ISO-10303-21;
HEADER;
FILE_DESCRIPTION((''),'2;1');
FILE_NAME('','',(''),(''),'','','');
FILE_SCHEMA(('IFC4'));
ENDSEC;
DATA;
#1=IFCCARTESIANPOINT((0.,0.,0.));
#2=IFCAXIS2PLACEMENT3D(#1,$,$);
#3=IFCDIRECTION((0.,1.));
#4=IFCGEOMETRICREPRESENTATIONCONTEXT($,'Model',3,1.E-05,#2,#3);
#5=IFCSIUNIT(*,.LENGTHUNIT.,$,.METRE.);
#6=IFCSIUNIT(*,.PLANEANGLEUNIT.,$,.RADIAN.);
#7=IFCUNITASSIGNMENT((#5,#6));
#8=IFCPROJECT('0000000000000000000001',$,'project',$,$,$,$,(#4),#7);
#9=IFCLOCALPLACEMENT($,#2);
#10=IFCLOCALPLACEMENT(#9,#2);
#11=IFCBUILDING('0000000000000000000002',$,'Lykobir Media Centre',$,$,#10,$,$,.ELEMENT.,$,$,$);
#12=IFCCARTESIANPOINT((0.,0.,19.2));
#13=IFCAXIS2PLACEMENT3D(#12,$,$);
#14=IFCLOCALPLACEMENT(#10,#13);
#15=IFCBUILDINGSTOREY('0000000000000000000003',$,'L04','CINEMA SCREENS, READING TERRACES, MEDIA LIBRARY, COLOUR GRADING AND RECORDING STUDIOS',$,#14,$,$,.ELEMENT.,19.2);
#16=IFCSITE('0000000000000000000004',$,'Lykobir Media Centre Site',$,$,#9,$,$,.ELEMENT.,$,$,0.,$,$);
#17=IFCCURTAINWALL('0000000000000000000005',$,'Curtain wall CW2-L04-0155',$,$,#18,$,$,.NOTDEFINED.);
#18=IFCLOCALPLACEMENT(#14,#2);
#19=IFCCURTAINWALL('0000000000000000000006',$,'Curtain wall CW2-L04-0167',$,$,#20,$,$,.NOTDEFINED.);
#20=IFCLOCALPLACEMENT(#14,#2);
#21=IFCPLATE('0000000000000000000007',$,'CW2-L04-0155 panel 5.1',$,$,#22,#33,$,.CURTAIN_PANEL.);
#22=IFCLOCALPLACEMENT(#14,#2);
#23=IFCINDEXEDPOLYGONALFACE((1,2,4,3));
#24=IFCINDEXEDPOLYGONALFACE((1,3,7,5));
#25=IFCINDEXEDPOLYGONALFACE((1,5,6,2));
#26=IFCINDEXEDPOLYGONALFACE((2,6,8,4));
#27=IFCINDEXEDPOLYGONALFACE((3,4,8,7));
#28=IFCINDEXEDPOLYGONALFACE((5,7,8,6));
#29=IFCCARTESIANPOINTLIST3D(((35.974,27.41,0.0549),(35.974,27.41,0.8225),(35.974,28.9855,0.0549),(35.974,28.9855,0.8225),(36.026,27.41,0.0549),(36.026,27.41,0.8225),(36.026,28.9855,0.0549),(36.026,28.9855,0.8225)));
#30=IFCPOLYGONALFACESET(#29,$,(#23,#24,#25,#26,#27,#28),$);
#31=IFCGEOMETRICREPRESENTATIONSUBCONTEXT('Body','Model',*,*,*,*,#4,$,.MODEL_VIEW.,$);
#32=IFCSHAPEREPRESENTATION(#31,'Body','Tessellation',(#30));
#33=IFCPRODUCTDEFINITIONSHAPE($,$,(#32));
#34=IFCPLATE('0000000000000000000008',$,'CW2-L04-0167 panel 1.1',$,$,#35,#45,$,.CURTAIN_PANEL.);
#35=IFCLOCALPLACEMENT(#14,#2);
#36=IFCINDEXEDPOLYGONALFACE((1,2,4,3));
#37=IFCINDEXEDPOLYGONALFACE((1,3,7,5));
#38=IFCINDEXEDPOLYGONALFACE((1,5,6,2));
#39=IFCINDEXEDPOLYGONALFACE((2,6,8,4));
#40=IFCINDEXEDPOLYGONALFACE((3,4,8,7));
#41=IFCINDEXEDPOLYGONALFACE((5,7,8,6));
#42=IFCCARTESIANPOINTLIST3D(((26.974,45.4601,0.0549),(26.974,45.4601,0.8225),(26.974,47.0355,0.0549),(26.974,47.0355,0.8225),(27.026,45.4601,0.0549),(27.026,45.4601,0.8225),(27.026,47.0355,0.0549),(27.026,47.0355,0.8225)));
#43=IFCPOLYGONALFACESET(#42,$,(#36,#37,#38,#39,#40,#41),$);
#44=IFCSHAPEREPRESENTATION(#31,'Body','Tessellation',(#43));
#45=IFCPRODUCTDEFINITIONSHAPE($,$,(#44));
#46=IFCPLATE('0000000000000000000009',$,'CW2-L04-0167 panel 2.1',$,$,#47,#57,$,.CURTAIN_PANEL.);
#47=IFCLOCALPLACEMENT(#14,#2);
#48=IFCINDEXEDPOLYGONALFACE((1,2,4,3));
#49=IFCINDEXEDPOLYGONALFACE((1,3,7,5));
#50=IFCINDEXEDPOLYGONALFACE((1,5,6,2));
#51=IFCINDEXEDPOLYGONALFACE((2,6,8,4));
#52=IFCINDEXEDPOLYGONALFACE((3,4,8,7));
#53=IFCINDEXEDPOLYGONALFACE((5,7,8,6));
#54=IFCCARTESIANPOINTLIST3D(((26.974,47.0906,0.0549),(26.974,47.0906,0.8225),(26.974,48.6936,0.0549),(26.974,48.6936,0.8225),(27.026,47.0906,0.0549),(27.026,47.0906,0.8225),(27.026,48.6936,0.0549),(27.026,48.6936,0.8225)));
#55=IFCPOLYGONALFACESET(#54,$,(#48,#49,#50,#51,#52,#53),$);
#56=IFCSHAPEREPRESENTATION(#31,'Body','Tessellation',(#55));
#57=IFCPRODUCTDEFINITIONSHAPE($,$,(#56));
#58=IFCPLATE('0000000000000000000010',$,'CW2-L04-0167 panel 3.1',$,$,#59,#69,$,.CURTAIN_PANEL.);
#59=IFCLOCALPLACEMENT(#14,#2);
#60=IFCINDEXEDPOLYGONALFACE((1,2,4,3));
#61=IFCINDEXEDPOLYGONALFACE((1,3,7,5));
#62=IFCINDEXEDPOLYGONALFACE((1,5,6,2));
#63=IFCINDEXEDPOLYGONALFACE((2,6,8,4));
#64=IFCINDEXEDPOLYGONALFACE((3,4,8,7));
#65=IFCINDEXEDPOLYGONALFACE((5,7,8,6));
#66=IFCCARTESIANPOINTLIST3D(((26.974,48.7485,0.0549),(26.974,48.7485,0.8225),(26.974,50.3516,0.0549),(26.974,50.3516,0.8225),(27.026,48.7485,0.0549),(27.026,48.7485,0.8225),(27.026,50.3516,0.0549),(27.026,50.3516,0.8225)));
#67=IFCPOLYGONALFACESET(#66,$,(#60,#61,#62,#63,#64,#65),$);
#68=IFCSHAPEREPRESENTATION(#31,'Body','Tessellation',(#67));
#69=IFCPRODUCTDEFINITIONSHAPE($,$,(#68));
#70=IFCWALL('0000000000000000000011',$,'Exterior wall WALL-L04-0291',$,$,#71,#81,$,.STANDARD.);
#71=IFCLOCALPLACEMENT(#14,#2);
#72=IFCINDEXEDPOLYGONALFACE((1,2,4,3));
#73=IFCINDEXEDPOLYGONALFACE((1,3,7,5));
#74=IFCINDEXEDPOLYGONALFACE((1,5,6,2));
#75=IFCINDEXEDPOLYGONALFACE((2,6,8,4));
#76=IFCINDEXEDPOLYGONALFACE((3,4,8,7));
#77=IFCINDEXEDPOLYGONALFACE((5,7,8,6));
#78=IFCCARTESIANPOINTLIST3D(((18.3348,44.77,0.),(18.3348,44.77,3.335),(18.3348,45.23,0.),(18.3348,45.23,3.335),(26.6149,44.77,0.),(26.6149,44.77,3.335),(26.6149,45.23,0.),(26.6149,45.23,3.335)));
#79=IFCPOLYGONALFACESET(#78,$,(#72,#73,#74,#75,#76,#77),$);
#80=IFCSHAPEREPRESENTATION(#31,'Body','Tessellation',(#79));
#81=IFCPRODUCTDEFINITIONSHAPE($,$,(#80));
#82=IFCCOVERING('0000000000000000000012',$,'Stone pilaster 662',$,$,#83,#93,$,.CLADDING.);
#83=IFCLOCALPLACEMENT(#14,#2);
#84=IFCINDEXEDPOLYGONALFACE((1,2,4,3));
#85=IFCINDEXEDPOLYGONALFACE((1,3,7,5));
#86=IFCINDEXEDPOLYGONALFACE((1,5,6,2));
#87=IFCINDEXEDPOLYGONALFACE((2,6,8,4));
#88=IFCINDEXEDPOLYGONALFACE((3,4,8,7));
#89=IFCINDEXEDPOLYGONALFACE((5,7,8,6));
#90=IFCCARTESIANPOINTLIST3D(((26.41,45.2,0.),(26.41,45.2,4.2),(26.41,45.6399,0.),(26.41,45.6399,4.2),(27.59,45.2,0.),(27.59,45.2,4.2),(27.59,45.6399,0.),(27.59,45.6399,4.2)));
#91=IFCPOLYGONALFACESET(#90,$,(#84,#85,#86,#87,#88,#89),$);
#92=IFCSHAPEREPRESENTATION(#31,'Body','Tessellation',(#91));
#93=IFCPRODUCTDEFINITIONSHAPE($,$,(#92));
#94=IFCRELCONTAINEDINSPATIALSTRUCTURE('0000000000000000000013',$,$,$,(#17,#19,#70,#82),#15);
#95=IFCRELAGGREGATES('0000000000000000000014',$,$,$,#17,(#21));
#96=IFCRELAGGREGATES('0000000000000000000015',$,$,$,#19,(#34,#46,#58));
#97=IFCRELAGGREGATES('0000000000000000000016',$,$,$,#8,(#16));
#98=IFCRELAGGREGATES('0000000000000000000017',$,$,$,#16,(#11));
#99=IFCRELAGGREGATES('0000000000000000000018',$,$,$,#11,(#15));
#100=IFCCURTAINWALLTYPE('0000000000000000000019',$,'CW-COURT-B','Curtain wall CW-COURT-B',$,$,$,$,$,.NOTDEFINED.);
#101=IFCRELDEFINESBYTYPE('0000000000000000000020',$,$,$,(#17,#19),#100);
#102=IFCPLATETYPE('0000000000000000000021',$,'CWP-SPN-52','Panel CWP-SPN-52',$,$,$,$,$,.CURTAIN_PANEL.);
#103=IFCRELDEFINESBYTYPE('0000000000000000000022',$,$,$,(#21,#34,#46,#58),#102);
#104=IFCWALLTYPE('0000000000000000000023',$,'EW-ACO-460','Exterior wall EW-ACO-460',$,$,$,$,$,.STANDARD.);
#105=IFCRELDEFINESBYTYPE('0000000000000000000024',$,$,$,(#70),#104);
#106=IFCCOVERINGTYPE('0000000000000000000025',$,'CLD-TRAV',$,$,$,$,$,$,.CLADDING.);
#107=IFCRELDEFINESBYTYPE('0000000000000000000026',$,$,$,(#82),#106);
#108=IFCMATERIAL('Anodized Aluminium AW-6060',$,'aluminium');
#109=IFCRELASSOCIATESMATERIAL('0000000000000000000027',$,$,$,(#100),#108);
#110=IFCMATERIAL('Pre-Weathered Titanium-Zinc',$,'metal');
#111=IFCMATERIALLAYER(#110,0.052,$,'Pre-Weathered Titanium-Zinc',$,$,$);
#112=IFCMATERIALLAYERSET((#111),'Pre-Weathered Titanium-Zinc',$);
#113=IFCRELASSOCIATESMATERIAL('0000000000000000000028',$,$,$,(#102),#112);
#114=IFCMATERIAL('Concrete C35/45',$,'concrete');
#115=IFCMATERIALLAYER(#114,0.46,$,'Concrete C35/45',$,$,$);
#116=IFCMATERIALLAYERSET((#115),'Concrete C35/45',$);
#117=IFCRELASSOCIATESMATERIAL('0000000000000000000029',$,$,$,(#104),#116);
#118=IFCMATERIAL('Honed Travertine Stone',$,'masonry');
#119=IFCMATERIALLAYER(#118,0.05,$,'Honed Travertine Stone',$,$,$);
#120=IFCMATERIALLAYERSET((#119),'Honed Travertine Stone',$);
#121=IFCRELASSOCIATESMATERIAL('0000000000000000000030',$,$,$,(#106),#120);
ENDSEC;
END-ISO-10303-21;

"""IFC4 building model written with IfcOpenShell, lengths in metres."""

from ifc_helpers import new_model, si_unit, direction, frame, frame_2d, origin, origin_2d, place, context, subcontext, project, spatial, rectangle, extrude, material, layer, layer_set, type_object, element, aggregate, save


model = new_model("IFC4")

# Units and contexts
model_context = context("Model", 3, precision=1e-05, world=origin(), true_north=direction((0.0, 1.0)))
body_context = subcontext(model_context, "Body", "Model", "MODEL_VIEW")
ifc_project = project(units=[si_unit("LENGTHUNIT", "METRE"), si_unit("PLANEANGLEUNIT", "RADIAN")], contexts=[model_context])

# Site, building, storey
site_placement = place(None, origin())
site = spatial("IfcSite", under=ifc_project, at=site_placement, Name="Lykobir Media Centre Site", CompositionType="ELEMENT", RefElevation=0.0)
building_placement = place(site_placement, origin())
building = spatial("IfcBuilding", under=site, at=building_placement, Name="Lykobir Media Centre", CompositionType="ELEMENT")
storey_placement = place(building_placement, frame((0.0, 0.0, 19.2)))
storey = spatial("IfcBuildingStorey", under=building, at=storey_placement, Name="L04", Description="CINEMA SCREENS, READING TERRACES, MEDIA LIBRARY, COLOUR GRADING AND RECORDING STUDIOS", CompositionType="ELEMENT", Elevation=19.2)

# Curtain wall
ifc_material_1 = material(Name="Anodized Aluminium AW-6060", Category="aluminium")
curtain_wall_type = type_object("IfcCurtainWallType", Name="CW-COURT-B", Description="Curtain wall CW-COURT-B", PredefinedType="NOTDEFINED", material=ifc_material_1)
curtain_wall_1_placement = place(storey_placement, origin())
curtain_wall_1 = element("IfcCurtainWall", 1, at=curtain_wall_1_placement, inside=storey, type_object=curtain_wall_type, Name="Curtain wall CW2-L04-0155", PredefinedType="NOTDEFINED")

# Curtain wall
curtain_wall_2_placement = place(storey_placement, origin())
curtain_wall_2 = element("IfcCurtainWall", 2, at=curtain_wall_2_placement, inside=storey, type_object=curtain_wall_type, Name="Curtain wall CW2-L04-0167", PredefinedType="NOTDEFINED")

# Plates
ifc_material_2 = material(Name="Pre-Weathered Titanium-Zinc", Category="metal")
ifc_layer_1 = layer(ifc_material_2, 0.052, Name="Pre-Weathered Titanium-Zinc")
ifc_layer_set_1 = layer_set([ifc_layer_1], Name="Pre-Weathered Titanium-Zinc")
plate_type_1 = type_object("IfcPlateType", Name="CWP-SPN-52", Description="Panel CWP-SPN-52", PredefinedType="CURTAIN_PANEL", material=ifc_layer_set_1)
plate_1_placement = place(storey_placement, frame((36.0, 28.1978, 0.0549), z_axis=(0.0, 0.0, 1.0), x_axis=(0.0, -1.0, 0.0)))
plate_1 = element("IfcPlate", 3, at=plate_1_placement, type_object=plate_type_1, Name="CW2-L04-0155 panel 5.1", PredefinedType="CURTAIN_PANEL", context=body_context, shape_type="SweptSolid", body=[
    extrude(rectangle(XDim=1.5754, YDim=0.052, at=origin_2d()), origin(), (0.0, 0.0, 1.0), 0.7676),
])
aggregate(curtain_wall_1, [plate_1])
plate_2_placement = place(storey_placement, frame((27.0, 46.2478, 0.0549), z_axis=(0.0, 0.0, 1.0), x_axis=(0.0, 1.0, 0.0)))
plate_2 = element("IfcPlate", 4, at=plate_2_placement, type_object=plate_type_1, Name="CW2-L04-0167 panel 1.1", PredefinedType="CURTAIN_PANEL", context=body_context, shape_type="SweptSolid", body=[
    extrude(rectangle(XDim=1.5754, YDim=0.052, at=origin_2d()), origin(), (0.0, 0.0, 1.0), 0.7676),
])
plate_3_placement = place(storey_placement, frame((27.0, 47.8921, 0.0549), z_axis=(0.0, 0.0, 1.0), x_axis=(0.0, 1.0, 0.0)))
plate_3 = element("IfcPlate", 5, at=plate_3_placement, type_object=plate_type_1, Name="CW2-L04-0167 panel 2.1", PredefinedType="CURTAIN_PANEL", context=body_context, shape_type="SweptSolid", body=[
    extrude(rectangle(XDim=1.603, YDim=0.052, at=origin_2d()), origin(), (0.0, 0.0, 1.0), 0.7676),
])
plate_4_placement = place(storey_placement, frame((27.0, 49.55, 0.0549), z_axis=(0.0, 0.0, 1.0), x_axis=(0.0, 1.0, 0.0)))
plate_4 = element("IfcPlate", 6, at=plate_4_placement, type_object=plate_type_1, Name="CW2-L04-0167 panel 3.1", PredefinedType="CURTAIN_PANEL", context=body_context, shape_type="SweptSolid", body=[
    extrude(rectangle(XDim=1.603, YDim=0.052, at=origin_2d()), origin(), (0.0, 0.0, 1.0), 0.7676),
])
aggregate(curtain_wall_2, [plate_2, plate_3, plate_4])

# Wall
ifc_material_3 = material(Name="Concrete C35/45", Category="concrete")
ifc_layer_2 = layer(ifc_material_3, 0.46, Name="Concrete C35/45")
ifc_layer_set_2 = layer_set([ifc_layer_2], Name="Concrete C35/45")
wall_type = type_object("IfcWallType", Name="EW-ACO-460", Description="Exterior wall EW-ACO-460", PredefinedType="STANDARD", material=ifc_layer_set_2)
wall_placement = place(storey_placement, frame((26.615, 45.0, 0.0), z_axis=(0.0, 0.0, 1.0), x_axis=(-1.0, 0.0, 0.0)))
element("IfcWall", 7, at=wall_placement, inside=storey, type_object=wall_type, Name="Exterior wall WALL-L04-0291", PredefinedType="STANDARD", context=body_context, shape_type="SweptSolid", body=[
    extrude(rectangle(XDim=8.28, YDim=0.46, at=frame_2d((4.1401, 0.0))), origin(), (0.0, 0.0, 1.0), 3.335),
])

# Covering
ifc_material_4 = material(Name="Honed Travertine Stone", Category="masonry")
ifc_layer_3 = layer(ifc_material_4, 0.05, Name="Honed Travertine Stone")
ifc_layer_set_3 = layer_set([ifc_layer_3], Name="Honed Travertine Stone")
covering_type = type_object("IfcCoveringType", Name="CLD-TRAV", PredefinedType="CLADDING", material=ifc_layer_set_3)
covering_placement = place(storey_placement, frame((27.0, 45.4199, 0.0), z_axis=(0.0, 0.0, 1.0), x_axis=(-1.0, 0.0, 0.0)))
element("IfcCovering", 8, at=covering_placement, inside=storey, type_object=covering_type, Name="Stone pilaster 662", PredefinedType="CLADDING", context=body_context, shape_type="SweptSolid", body=[
    extrude(rectangle(XDim=1.1799, YDim=0.4399, at=origin_2d()), origin(), (0.0, 0.0, 1.0), 4.2),
])

save(model, "model.ifc")
